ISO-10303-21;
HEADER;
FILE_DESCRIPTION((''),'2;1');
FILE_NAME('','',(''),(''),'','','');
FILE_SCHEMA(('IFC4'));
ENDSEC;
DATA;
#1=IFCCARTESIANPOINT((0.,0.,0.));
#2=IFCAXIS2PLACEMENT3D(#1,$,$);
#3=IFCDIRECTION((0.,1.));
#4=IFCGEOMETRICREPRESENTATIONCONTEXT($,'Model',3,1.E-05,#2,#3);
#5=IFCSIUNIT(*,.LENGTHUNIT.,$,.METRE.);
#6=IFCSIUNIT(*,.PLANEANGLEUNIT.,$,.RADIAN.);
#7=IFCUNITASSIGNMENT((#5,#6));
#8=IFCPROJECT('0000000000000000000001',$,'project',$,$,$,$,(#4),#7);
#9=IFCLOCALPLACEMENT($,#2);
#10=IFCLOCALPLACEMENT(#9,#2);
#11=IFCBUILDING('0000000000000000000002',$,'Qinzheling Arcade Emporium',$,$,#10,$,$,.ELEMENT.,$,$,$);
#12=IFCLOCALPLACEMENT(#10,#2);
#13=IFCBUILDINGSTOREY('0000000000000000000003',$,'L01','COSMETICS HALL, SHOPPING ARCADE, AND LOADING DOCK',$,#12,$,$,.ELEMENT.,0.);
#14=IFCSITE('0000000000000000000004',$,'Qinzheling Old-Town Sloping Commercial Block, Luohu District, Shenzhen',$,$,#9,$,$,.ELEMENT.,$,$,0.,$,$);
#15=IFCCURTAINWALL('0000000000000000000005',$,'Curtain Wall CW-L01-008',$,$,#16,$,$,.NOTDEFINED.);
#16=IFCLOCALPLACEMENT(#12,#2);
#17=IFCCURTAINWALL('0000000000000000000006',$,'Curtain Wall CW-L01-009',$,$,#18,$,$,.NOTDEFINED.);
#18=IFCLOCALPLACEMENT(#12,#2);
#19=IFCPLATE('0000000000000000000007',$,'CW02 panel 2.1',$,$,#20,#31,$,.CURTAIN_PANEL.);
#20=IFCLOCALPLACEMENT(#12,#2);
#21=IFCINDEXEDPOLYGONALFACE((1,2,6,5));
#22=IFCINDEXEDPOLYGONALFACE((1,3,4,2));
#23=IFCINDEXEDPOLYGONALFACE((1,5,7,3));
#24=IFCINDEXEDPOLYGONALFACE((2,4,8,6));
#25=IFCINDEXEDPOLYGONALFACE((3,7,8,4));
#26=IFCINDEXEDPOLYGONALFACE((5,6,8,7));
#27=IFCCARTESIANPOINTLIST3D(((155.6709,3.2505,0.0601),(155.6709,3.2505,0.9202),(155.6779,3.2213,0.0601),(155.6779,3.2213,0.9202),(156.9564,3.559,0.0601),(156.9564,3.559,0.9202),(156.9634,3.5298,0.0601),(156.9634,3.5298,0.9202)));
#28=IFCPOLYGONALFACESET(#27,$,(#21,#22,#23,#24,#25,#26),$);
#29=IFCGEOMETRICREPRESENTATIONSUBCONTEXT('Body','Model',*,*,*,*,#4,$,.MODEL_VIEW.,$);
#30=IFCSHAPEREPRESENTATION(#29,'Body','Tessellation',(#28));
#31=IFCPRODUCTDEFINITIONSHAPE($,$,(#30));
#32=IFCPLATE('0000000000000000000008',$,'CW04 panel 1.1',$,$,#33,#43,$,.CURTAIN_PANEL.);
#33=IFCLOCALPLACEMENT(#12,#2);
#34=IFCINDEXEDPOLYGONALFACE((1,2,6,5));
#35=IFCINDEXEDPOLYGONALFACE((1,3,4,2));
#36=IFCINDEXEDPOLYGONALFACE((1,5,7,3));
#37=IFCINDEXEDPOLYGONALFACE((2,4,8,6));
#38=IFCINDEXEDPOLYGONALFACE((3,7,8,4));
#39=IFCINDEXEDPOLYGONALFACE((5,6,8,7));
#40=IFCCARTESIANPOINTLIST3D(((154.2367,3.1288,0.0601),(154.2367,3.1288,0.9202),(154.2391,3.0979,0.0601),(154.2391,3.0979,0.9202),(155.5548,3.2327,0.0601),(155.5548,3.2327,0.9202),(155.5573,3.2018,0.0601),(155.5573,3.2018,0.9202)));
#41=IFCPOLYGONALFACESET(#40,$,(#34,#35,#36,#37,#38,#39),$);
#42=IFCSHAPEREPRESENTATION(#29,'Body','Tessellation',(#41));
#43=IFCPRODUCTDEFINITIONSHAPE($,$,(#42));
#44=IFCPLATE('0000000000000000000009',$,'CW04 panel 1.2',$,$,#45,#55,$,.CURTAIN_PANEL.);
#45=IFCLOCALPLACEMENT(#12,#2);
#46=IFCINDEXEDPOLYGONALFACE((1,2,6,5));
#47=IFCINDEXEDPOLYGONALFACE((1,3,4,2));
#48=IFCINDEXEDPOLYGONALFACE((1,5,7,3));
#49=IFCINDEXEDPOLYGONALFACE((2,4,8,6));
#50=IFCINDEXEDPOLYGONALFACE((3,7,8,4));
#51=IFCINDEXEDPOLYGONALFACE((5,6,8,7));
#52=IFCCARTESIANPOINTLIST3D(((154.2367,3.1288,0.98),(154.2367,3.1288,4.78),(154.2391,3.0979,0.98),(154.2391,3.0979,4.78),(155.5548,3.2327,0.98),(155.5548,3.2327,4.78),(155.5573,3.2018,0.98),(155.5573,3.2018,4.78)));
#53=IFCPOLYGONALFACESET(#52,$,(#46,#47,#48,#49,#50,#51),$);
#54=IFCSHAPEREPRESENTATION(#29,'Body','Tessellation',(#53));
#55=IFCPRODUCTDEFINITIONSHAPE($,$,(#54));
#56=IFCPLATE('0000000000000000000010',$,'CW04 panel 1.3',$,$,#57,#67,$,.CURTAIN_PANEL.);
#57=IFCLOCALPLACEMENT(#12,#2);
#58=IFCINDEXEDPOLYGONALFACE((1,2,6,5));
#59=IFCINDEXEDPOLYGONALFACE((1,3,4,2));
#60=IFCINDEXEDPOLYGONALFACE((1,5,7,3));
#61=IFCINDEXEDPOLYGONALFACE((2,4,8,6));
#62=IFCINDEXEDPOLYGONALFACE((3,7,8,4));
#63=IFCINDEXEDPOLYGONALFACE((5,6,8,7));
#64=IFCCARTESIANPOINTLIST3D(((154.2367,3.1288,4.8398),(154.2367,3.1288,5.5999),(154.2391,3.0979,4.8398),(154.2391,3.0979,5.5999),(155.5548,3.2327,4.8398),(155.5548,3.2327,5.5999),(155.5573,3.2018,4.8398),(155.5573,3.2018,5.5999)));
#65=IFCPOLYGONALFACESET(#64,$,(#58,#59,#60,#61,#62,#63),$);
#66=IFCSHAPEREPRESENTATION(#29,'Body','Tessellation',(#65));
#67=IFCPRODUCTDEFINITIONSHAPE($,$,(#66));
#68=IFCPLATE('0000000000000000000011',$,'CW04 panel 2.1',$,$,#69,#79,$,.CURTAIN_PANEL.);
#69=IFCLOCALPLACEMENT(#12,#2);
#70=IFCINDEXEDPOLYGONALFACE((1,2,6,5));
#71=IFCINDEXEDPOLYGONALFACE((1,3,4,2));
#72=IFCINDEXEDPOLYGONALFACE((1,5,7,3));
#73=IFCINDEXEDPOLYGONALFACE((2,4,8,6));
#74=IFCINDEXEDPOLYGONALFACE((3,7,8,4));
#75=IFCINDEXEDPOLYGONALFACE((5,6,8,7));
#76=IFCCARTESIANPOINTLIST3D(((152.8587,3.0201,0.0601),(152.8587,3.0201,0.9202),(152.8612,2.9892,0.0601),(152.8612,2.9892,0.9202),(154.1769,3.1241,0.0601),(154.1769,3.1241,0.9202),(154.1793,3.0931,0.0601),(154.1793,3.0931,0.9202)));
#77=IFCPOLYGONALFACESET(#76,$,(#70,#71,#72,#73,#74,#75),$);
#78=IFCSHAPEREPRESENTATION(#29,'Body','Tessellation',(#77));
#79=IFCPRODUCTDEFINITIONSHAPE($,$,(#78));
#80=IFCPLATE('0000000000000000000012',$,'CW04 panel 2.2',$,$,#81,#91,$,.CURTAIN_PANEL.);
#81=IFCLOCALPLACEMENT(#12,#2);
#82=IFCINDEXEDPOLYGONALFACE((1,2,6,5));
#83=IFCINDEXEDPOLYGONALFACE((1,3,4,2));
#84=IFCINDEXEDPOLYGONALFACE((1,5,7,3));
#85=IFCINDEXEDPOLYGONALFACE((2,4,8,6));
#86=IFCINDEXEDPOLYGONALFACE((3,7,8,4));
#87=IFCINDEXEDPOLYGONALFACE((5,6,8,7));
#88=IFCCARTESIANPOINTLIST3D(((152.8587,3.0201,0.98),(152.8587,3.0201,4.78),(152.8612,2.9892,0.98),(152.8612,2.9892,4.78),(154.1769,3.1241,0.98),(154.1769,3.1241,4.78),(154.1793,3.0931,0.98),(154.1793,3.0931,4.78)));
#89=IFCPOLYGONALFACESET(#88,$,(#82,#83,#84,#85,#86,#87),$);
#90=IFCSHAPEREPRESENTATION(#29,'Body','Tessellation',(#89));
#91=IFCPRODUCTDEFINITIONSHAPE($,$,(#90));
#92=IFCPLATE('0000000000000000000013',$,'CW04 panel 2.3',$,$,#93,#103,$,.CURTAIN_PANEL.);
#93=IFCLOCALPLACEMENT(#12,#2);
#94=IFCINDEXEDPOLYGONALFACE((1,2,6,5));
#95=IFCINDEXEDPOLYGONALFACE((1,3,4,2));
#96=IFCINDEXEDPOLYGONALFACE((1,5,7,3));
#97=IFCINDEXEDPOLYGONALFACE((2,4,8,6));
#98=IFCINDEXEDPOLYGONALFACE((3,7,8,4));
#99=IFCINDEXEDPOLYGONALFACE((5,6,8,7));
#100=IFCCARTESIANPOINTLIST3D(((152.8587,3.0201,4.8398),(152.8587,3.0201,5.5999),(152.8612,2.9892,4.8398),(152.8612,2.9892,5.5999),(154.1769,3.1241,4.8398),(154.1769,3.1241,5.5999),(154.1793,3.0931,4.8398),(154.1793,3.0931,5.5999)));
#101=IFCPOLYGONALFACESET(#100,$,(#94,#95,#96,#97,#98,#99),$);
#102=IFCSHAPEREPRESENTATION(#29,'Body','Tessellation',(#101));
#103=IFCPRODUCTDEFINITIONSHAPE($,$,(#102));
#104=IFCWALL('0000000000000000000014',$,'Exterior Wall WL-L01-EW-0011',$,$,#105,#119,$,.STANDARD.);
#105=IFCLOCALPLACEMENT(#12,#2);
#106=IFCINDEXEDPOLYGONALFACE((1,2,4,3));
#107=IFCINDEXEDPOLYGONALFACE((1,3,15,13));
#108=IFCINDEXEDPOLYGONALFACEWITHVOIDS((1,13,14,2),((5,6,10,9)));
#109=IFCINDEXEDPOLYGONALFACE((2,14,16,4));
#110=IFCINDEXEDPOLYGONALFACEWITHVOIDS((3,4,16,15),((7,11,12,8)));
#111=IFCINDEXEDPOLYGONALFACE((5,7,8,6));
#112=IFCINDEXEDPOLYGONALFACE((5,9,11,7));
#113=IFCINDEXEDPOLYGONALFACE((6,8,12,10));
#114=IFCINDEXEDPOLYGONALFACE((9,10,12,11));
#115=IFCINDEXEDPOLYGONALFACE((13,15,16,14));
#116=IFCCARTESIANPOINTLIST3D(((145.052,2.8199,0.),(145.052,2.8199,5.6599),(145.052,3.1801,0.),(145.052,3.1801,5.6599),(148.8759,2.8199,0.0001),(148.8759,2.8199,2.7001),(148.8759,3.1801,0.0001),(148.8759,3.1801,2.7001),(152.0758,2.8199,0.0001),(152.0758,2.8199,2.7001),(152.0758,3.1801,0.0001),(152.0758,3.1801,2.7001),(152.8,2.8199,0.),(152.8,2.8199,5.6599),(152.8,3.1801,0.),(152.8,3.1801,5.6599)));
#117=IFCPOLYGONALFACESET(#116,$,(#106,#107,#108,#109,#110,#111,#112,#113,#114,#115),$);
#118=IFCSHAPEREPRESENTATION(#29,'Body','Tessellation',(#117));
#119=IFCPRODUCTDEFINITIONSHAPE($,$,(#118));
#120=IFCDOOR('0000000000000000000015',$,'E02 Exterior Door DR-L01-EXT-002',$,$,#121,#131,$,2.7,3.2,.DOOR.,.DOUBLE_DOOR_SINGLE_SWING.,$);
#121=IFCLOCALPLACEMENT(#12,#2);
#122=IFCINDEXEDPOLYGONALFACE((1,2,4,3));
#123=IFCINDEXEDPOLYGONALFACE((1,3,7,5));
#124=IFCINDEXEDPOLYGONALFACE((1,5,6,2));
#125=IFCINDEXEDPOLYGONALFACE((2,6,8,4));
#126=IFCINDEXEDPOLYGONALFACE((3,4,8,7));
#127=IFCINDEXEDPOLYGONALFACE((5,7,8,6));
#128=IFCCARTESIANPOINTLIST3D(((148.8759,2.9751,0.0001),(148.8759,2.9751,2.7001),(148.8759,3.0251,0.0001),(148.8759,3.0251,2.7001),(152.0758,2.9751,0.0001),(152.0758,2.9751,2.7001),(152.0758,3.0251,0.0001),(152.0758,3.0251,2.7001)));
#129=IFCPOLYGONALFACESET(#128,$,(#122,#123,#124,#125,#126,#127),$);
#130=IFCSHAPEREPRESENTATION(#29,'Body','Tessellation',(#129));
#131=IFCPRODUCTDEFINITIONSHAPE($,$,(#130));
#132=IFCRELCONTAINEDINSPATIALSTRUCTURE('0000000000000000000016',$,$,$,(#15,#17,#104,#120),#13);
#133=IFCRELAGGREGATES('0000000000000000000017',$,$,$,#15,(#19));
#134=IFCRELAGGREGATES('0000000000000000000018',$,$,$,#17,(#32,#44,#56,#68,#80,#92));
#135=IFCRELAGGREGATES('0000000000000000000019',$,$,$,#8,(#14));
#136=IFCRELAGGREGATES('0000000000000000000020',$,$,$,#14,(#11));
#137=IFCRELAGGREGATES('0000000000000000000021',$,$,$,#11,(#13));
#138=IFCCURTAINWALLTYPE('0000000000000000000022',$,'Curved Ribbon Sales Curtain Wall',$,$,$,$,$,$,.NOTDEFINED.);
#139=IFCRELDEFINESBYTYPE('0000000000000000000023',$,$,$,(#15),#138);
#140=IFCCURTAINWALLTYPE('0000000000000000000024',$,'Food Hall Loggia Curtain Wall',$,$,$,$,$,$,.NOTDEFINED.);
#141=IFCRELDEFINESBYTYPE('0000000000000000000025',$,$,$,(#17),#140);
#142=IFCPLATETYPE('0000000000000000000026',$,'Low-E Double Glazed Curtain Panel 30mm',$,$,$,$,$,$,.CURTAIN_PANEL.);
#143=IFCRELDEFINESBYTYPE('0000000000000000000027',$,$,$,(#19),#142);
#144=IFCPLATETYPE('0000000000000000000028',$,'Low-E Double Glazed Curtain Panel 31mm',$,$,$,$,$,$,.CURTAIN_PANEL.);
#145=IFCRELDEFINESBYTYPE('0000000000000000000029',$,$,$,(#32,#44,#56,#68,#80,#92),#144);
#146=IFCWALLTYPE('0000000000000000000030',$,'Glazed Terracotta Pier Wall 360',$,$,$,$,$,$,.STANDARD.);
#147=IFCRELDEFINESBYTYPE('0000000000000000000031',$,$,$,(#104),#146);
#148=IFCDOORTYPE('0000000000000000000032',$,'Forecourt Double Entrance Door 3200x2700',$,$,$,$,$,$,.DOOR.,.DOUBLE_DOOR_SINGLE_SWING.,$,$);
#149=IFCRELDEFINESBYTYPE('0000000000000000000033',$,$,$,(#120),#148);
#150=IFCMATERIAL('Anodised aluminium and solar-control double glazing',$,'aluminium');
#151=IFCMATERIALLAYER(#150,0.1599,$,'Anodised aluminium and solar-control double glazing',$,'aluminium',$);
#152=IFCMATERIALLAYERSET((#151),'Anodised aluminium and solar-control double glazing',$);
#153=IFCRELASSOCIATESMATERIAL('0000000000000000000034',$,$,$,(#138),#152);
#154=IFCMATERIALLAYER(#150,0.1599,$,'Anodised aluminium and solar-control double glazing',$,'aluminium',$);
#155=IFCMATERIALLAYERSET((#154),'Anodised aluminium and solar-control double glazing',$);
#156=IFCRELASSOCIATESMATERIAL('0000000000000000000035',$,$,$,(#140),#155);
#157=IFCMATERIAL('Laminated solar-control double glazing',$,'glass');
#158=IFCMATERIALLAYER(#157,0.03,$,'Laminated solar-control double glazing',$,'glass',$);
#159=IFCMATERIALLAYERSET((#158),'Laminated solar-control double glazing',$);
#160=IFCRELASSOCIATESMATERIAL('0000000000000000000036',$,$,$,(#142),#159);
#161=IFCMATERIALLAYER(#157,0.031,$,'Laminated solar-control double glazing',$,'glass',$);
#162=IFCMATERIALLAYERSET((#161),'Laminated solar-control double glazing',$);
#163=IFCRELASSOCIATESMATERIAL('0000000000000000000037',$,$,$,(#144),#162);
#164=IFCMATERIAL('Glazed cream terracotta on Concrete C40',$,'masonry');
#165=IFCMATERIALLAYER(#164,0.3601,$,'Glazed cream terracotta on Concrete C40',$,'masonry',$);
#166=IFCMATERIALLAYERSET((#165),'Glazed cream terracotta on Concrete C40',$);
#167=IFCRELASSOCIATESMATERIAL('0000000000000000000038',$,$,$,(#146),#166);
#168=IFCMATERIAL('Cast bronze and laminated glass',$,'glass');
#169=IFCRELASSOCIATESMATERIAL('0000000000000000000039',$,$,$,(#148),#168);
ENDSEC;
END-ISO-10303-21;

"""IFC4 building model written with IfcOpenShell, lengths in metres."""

from ifc_helpers import new_model, si_unit, direction, frame, frame_2d, origin, origin_2d, place, context, subcontext, project, spatial, rectangle, extrude, material, layer, layer_set, type_object, element, fill, aggregate, save


model = new_model("IFC4")

# Units and contexts
model_context = context("Model", 3, precision=1e-05, world=origin(), true_north=direction((0.0, 1.0)))
body_context = subcontext(model_context, "Body", "Model", "MODEL_VIEW")
ifc_project = project(units=[si_unit("LENGTHUNIT", "METRE"), si_unit("PLANEANGLEUNIT", "RADIAN")], contexts=[model_context])

# Site, building, storey
site_placement = place(None, origin())
site = spatial("IfcSite", under=ifc_project, at=site_placement, Name="Qinzheling Old-Town Sloping Commercial Block, Luohu District, Shenzhen", CompositionType="ELEMENT", RefElevation=0.0)
building_placement = place(site_placement, origin())
building = spatial("IfcBuilding", under=site, at=building_placement, Name="Qinzheling Arcade Emporium", CompositionType="ELEMENT")
storey_placement = place(building_placement, origin())
storey = spatial("IfcBuildingStorey", under=building, at=storey_placement, Name="L01", Description="COSMETICS HALL, SHOPPING ARCADE, AND LOADING DOCK", CompositionType="ELEMENT", Elevation=0.0)

# Curtain wall
ifc_material_1 = material(Name="Anodised aluminium and solar-control double glazing", Category="aluminium")
ifc_layer_1 = layer(ifc_material_1, 0.1599, Name="Anodised aluminium and solar-control double glazing", Category="aluminium")
ifc_layer_set_1 = layer_set([ifc_layer_1], Name="Anodised aluminium and solar-control double glazing")
curtain_wall_type_1 = type_object("IfcCurtainWallType", Name="Curved Ribbon Sales Curtain Wall", PredefinedType="NOTDEFINED", material=ifc_layer_set_1)
curtain_wall_1_placement = place(storey_placement, origin())
curtain_wall_1 = element("IfcCurtainWall", 1, at=curtain_wall_1_placement, inside=storey, type_object=curtain_wall_type_1, Name="Curtain Wall CW-L01-008", PredefinedType="NOTDEFINED")

# Curtain wall
ifc_layer_2 = layer(ifc_material_1, 0.1599, Name="Anodised aluminium and solar-control double glazing", Category="aluminium")
ifc_layer_set_2 = layer_set([ifc_layer_2], Name="Anodised aluminium and solar-control double glazing")
curtain_wall_type_2 = type_object("IfcCurtainWallType", Name="Food Hall Loggia Curtain Wall", PredefinedType="NOTDEFINED", material=ifc_layer_set_2)
curtain_wall_2_placement = place(storey_placement, origin())
curtain_wall_2 = element("IfcCurtainWall", 2, at=curtain_wall_2_placement, inside=storey, type_object=curtain_wall_type_2, Name="Curtain Wall CW-L01-009", PredefinedType="NOTDEFINED")

# Plates
ifc_material_2 = material(Name="Laminated solar-control double glazing", Category="glass")
ifc_layer_3 = layer(ifc_material_2, 0.03, Name="Laminated solar-control double glazing", Category="glass")
ifc_layer_set_3 = layer_set([ifc_layer_3], Name="Laminated solar-control double glazing")
plate_type_1 = type_object("IfcPlateType", Name="Low-E Double Glazed Curtain Panel 30mm", PredefinedType="CURTAIN_PANEL", material=ifc_layer_set_3)
plate_1_placement = place(storey_placement, frame((156.3171, 3.3901, 0.0601), z_axis=(0.0, 0.0, 1.0), x_axis=(-0.972391, -0.23336, 0.0)))
plate_1 = element("IfcPlate", 3, at=plate_1_placement, type_object=plate_type_1, Name="CW02 panel 2.1", PredefinedType="CURTAIN_PANEL", context=body_context, shape_type="SweptSolid", body=[
    extrude(rectangle(XDim=1.322, YDim=0.03, at=origin_2d()), origin(), (0.0, 0.0, 1.0), 0.8601),
])
aggregate(curtain_wall_1, [plate_1])
ifc_layer_4 = layer(ifc_material_2, 0.031, Name="Laminated solar-control double glazing", Category="glass")
ifc_layer_set_4 = layer_set([ifc_layer_4], Name="Laminated solar-control double glazing")
plate_type_2 = type_object("IfcPlateType", Name="Low-E Double Glazed Curtain Panel 31mm", PredefinedType="CURTAIN_PANEL", material=ifc_layer_set_4)
plate_2_placement = place(storey_placement, frame((154.897, 3.1653, 0.0601), z_axis=(0.0, 0.0, 1.0), x_axis=(-0.996907, -0.078591, 0.0)))
plate_2 = element("IfcPlate", 4, at=plate_2_placement, type_object=plate_type_2, Name="CW04 panel 1.1", PredefinedType="CURTAIN_PANEL", context=body_context, shape_type="SweptSolid", body=[
    extrude(rectangle(XDim=1.3223, YDim=0.031, at=origin_2d()), origin(), (0.0, 0.0, 1.0), 0.8601),
])
plate_3_placement = place(storey_placement, frame((154.897, 3.1653, 0.98), z_axis=(0.0, 0.0, 1.0), x_axis=(-0.996907, -0.078591, 0.0)))
plate_3 = element("IfcPlate", 5, at=plate_3_placement, type_object=plate_type_2, Name="CW04 panel 1.2", PredefinedType="CURTAIN_PANEL", context=body_context, shape_type="SweptSolid", body=[
    extrude(rectangle(XDim=1.3223, YDim=0.031, at=origin_2d()), origin(), (0.0, 0.0, 1.0), 3.8),
])
plate_4_placement = place(storey_placement, frame((154.897, 3.1653, 4.8398), z_axis=(0.0, 0.0, 1.0), x_axis=(-0.996907, -0.078591, 0.0)))
plate_4 = element("IfcPlate", 6, at=plate_4_placement, type_object=plate_type_2, Name="CW04 panel 1.3", PredefinedType="CURTAIN_PANEL", context=body_context, shape_type="SweptSolid", body=[
    extrude(rectangle(XDim=1.3223, YDim=0.031, at=origin_2d()), origin(), (0.0, 0.0, 1.0), 0.76),
])
plate_5_placement = place(storey_placement, frame((153.519, 3.0566, 0.0601), z_axis=(0.0, 0.0, 1.0), x_axis=(-0.996907, -0.078591, 0.0)))
plate_5 = element("IfcPlate", 7, at=plate_5_placement, type_object=plate_type_2, Name="CW04 panel 2.1", PredefinedType="CURTAIN_PANEL", context=body_context, shape_type="SweptSolid", body=[
    extrude(rectangle(XDim=1.3223, YDim=0.031, at=origin_2d()), origin(), (0.0, 0.0, 1.0), 0.8601),
])
plate_6_placement = place(storey_placement, frame((153.519, 3.0566, 0.98), z_axis=(0.0, 0.0, 1.0), x_axis=(-0.996907, -0.078591, 0.0)))
plate_6 = element("IfcPlate", 8, at=plate_6_placement, type_object=plate_type_2, Name="CW04 panel 2.2", PredefinedType="CURTAIN_PANEL", context=body_context, shape_type="SweptSolid", body=[
    extrude(rectangle(XDim=1.3223, YDim=0.031, at=origin_2d()), origin(), (0.0, 0.0, 1.0), 3.8),
])
plate_7_placement = place(storey_placement, frame((153.519, 3.0566, 4.8398), z_axis=(0.0, 0.0, 1.0), x_axis=(-0.996907, -0.078591, 0.0)))
plate_7 = element("IfcPlate", 9, at=plate_7_placement, type_object=plate_type_2, Name="CW04 panel 2.3", PredefinedType="CURTAIN_PANEL", context=body_context, shape_type="SweptSolid", body=[
    extrude(rectangle(XDim=1.3223, YDim=0.031, at=origin_2d()), origin(), (0.0, 0.0, 1.0), 0.76),
])
aggregate(curtain_wall_2, [plate_2, plate_3, plate_4, plate_5, plate_6, plate_7])

# Wall, opening, door
ifc_material_3 = material(Name="Glazed cream terracotta on Concrete C40", Category="masonry")
ifc_layer_5 = layer(ifc_material_3, 0.3601, Name="Glazed cream terracotta on Concrete C40", Category="masonry")
ifc_layer_set_5 = layer_set([ifc_layer_5], Name="Glazed cream terracotta on Concrete C40")
wall_type = type_object("IfcWallType", Name="Glazed Terracotta Pier Wall 360", PredefinedType="STANDARD", material=ifc_layer_set_5)
wall_placement = place(storey_placement, frame((152.8, 3.0, 0.0), z_axis=(0.0, 0.0, 1.0), x_axis=(-1.0, 0.0, 0.0)))
wall = element("IfcWall", 10, at=wall_placement, inside=storey, type_object=wall_type, Name="Exterior Wall WL-L01-EW-0011", PredefinedType="STANDARD", context=body_context, shape_type="SweptSolid", body=[
    extrude(rectangle(XDim=7.748, YDim=0.3601, at=frame_2d((3.874, 0.0))), origin(), (0.0, 0.0, 1.0), 5.6599),
])
opening_placement = place(wall_placement, frame((0.7241, 0.0, 0.0)))
opening = element("IfcOpeningElement", 11, at=opening_placement, cuts=wall, PredefinedType="OPENING", context=body_context, shape_type="SweptSolid", body=[
    extrude(rectangle(XDim=3.2, YDim=2.7, at=frame_2d((1.6001, 1.3501))), frame((0.0, 0.1899, 0.0), z_axis=(0.0, -1.0, 0.0), x_axis=(1.0, 0.0, 0.0)), (0.0, 0.0, 1.0), 0.3801),
])
ifc_material_4 = material(Name="Cast bronze and laminated glass", Category="glass")
door_type = type_object("IfcDoorType", Name="Forecourt Double Entrance Door 3200x2700", OperationType="DOUBLE_DOOR_SINGLE_SWING", PredefinedType="DOOR", material=ifc_material_4)
door_placement = place(opening_placement, origin())
door = element("IfcDoor", 12, at=door_placement, inside=storey, type_object=door_type, Name="E02 Exterior Door DR-L01-EXT-002", OperationType="DOUBLE_DOOR_SINGLE_SWING", OverallHeight=2.7, OverallWidth=3.2, PredefinedType="DOOR", context=body_context, shape_type="SweptSolid", body=[
    extrude(rectangle(XDim=3.2, YDim=2.7, at=frame_2d((1.6001, 1.3501))), frame((0.0, 0.0249, 0.0), z_axis=(0.0, -1.0, 0.0), x_axis=(1.0, 0.0, 0.0)), (0.0, 0.0, 1.0), 0.05),
])
fill(opening, door)

save(model, "model.ifc")
